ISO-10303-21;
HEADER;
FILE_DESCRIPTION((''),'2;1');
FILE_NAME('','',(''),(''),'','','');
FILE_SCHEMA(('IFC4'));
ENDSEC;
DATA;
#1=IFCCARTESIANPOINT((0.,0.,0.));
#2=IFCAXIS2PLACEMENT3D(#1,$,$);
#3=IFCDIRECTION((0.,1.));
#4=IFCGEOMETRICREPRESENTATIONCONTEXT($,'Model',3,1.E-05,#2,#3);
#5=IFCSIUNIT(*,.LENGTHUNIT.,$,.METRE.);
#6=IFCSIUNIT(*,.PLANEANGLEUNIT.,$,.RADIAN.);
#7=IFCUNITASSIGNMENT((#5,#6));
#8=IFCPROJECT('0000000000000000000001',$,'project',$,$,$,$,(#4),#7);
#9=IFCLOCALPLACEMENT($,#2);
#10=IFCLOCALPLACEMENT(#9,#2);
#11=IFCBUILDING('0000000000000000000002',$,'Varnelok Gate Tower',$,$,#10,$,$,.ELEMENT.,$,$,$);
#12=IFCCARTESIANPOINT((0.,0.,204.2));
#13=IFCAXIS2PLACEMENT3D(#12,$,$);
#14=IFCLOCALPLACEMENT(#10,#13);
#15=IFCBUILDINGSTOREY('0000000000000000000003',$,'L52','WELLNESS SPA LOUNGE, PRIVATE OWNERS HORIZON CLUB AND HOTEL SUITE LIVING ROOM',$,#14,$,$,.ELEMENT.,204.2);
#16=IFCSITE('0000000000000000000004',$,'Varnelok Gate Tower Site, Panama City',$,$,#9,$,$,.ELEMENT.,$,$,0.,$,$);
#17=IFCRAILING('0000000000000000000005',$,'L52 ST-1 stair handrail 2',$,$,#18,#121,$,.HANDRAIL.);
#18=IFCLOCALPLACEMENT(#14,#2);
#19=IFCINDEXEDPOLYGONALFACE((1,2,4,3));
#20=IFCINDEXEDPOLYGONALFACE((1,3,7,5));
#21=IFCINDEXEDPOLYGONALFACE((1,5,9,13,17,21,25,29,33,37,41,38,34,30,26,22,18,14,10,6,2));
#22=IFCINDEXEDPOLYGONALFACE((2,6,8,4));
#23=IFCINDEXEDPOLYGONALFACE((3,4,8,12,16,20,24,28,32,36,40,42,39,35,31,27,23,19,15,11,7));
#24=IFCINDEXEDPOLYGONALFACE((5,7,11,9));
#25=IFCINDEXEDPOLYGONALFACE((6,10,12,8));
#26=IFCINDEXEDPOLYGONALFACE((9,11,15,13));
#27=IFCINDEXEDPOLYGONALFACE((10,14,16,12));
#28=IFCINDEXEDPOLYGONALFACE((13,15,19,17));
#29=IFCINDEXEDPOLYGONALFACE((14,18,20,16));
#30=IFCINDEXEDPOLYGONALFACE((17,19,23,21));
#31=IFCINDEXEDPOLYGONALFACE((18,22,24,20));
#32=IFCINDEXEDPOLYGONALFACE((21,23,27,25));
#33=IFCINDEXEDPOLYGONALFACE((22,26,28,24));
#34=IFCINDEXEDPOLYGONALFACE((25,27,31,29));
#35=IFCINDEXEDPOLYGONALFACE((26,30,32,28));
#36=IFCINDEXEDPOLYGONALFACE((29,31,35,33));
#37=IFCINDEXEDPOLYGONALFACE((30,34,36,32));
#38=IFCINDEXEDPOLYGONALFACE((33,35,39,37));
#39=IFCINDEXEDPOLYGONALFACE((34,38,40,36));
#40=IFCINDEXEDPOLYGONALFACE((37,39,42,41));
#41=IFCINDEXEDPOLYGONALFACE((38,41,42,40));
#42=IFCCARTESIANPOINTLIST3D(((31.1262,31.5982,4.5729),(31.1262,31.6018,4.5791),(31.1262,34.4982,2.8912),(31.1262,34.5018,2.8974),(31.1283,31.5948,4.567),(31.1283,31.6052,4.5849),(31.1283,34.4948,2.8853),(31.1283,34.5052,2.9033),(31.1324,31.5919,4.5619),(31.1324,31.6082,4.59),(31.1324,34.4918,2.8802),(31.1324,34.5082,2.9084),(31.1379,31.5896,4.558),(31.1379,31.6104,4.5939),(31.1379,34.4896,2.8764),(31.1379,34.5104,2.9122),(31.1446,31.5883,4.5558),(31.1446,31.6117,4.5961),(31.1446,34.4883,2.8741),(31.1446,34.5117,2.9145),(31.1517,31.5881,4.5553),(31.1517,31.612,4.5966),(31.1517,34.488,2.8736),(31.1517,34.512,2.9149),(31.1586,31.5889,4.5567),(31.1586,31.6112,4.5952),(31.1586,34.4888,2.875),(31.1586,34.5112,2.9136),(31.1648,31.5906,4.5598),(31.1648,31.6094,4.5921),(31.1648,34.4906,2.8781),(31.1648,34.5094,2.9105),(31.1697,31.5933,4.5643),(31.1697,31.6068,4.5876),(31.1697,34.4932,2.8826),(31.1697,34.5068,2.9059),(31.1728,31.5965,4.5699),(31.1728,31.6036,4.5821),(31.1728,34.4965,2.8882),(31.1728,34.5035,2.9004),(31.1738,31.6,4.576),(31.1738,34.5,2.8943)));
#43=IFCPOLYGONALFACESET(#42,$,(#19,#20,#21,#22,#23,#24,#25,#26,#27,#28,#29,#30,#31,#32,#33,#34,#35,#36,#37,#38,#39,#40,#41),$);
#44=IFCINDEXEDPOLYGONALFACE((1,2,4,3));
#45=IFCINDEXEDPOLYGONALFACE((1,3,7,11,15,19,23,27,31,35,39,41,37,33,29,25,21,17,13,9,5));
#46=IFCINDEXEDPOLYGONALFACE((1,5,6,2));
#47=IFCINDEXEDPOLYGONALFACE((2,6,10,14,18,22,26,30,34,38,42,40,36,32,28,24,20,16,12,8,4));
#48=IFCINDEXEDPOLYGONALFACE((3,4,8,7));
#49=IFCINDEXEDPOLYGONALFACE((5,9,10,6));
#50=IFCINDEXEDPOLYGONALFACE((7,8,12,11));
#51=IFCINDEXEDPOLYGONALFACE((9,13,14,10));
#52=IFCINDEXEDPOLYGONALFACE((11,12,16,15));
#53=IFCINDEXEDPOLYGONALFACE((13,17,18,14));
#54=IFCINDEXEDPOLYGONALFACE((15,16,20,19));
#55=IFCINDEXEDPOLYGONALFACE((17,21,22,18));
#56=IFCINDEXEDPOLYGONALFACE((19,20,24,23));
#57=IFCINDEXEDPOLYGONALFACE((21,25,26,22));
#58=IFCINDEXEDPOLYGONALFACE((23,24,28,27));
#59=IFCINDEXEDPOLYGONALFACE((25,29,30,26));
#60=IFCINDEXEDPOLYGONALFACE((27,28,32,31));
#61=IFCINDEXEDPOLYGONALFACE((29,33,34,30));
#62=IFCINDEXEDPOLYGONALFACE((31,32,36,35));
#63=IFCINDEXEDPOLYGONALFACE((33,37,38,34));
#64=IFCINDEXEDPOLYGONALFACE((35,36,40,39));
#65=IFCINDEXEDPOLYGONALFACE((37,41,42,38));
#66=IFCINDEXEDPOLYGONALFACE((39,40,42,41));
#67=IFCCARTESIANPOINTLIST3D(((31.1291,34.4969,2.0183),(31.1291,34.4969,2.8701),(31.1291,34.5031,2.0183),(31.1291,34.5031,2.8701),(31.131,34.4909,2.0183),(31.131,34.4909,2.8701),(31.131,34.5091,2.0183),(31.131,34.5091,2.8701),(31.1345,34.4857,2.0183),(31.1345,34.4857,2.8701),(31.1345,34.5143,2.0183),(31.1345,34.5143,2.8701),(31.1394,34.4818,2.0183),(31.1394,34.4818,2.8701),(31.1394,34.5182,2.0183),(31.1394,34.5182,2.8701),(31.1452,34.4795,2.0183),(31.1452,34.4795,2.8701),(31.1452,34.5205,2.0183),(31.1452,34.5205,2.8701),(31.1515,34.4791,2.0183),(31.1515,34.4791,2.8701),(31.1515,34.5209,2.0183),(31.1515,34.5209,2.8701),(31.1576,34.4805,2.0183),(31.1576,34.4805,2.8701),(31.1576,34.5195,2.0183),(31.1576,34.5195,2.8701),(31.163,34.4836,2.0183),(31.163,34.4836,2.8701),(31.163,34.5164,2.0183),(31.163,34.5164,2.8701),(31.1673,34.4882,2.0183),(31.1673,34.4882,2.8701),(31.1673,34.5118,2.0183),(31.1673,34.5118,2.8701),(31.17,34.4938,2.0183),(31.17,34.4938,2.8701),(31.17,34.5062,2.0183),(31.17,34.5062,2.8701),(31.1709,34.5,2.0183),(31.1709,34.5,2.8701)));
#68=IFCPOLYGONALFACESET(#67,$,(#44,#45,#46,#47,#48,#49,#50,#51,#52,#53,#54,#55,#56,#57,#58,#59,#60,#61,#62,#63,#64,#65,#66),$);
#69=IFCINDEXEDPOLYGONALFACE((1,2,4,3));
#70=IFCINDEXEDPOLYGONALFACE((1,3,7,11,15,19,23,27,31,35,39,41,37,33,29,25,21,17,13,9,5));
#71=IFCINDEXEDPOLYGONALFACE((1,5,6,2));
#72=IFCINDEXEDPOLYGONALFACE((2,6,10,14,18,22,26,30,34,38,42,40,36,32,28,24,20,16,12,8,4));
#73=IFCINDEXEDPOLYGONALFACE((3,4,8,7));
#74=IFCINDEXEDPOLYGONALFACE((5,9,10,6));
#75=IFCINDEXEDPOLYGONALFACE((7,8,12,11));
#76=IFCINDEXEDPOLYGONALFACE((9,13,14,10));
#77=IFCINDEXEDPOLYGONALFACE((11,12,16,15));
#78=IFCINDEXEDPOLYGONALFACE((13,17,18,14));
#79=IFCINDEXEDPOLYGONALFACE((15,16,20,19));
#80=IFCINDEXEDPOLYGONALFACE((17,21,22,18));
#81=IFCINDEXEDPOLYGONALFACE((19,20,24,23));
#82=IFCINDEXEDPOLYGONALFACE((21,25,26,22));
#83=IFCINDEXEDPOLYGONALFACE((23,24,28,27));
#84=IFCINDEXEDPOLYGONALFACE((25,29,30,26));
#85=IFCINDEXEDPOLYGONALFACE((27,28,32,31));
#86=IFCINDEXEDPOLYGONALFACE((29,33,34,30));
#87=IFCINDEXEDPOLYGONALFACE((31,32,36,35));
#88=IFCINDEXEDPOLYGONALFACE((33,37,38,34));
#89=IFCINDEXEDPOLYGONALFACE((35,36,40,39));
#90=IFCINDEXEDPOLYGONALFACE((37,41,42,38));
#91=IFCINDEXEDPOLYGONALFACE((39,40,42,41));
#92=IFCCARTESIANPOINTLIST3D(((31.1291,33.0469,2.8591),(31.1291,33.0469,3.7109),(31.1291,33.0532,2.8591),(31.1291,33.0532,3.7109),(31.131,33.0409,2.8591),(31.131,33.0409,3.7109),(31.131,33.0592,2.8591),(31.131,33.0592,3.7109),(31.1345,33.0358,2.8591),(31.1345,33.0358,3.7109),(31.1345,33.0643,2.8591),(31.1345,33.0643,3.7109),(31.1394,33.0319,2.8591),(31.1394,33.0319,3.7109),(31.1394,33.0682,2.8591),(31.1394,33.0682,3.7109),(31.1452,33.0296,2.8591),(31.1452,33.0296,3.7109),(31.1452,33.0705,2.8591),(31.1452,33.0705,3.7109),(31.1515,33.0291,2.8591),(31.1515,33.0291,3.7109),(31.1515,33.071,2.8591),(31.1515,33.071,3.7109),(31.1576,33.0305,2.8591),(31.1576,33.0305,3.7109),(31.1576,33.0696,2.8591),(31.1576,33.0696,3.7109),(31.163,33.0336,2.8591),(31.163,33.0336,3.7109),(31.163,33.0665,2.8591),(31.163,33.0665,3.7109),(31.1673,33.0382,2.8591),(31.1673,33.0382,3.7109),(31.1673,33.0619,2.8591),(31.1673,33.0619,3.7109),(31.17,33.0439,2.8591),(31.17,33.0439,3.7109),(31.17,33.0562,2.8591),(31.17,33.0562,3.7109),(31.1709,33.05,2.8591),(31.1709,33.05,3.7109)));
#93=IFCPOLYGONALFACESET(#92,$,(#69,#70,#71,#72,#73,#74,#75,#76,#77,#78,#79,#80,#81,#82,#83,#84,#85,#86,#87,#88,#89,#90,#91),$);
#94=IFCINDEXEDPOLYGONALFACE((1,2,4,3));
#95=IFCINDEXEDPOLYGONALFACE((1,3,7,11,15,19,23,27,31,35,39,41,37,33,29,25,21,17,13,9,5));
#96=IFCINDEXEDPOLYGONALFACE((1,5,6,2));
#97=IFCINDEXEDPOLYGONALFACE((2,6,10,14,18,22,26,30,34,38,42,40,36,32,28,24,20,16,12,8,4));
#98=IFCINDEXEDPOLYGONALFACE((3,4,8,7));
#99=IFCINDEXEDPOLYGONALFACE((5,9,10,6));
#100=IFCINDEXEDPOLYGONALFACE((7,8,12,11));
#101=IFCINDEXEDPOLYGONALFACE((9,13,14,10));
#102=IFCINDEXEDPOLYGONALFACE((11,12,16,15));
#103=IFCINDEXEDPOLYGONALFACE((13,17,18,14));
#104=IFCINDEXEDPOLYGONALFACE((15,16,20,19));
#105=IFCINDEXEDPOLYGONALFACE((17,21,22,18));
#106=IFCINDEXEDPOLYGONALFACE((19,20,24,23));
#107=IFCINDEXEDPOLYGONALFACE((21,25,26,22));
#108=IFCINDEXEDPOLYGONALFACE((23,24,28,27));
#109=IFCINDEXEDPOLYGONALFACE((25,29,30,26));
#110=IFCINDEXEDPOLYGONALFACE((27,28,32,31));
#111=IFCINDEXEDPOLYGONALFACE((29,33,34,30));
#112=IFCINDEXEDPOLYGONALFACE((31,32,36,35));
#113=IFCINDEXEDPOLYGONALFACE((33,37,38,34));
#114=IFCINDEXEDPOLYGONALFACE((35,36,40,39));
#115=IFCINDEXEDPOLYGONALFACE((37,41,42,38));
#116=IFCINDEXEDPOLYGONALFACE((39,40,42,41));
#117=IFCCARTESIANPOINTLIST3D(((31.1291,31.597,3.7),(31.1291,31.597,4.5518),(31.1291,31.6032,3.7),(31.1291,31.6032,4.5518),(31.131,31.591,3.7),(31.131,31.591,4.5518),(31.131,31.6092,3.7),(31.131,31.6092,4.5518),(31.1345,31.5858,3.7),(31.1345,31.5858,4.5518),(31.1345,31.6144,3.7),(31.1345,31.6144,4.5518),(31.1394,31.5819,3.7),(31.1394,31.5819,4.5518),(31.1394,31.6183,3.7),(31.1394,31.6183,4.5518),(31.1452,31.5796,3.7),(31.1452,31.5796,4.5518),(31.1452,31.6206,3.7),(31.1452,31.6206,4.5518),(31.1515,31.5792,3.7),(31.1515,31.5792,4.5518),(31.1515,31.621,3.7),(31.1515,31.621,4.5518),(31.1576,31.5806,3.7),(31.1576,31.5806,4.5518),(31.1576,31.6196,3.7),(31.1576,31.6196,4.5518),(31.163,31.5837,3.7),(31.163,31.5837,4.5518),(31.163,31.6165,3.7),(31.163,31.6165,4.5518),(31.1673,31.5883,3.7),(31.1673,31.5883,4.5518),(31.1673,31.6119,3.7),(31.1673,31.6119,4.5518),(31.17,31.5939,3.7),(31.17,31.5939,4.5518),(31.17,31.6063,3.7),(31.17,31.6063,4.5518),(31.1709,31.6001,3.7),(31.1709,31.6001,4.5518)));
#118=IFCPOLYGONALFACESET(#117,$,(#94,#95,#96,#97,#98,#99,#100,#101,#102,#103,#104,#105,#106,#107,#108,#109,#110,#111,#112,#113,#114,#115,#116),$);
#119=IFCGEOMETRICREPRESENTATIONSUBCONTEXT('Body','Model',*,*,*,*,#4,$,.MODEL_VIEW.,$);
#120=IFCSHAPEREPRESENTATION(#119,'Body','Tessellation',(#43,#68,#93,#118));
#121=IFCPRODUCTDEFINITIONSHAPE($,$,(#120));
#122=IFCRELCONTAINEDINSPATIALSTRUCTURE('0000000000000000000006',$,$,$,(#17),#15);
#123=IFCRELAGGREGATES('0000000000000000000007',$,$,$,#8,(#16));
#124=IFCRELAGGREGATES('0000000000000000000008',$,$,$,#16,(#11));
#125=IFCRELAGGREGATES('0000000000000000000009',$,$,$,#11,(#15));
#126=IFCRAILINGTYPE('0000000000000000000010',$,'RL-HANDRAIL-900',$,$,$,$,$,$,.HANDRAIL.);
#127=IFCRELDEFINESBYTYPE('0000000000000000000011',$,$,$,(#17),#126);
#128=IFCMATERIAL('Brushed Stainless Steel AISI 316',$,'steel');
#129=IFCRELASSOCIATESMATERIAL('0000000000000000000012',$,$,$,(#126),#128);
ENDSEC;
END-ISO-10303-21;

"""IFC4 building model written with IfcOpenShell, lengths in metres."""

from ifc_helpers import new_model, si_unit, direction, frame, origin, origin_2d, place, context, subcontext, project, spatial, circle, extrude, material, type_object, element, save


model = new_model("IFC4")

# Units and contexts
model_context = context("Model", 3, precision=1e-05, world=origin(), true_north=direction((0.0, 1.0)))
body_context = subcontext(model_context, "Body", "Model", "MODEL_VIEW")
ifc_project = project(units=[si_unit("LENGTHUNIT", "METRE"), si_unit("PLANEANGLEUNIT", "RADIAN")], contexts=[model_context])

# Site, building, storey
site_placement = place(None, origin())
site = spatial("IfcSite", under=ifc_project, at=site_placement, Name="Varnelok Gate Tower Site, Panama City", CompositionType="ELEMENT", RefElevation=0.0)
building_placement = place(site_placement, origin())
building = spatial("IfcBuilding", under=site, at=building_placement, Name="Varnelok Gate Tower", CompositionType="ELEMENT")
storey_placement = place(building_placement, frame((0.0, 0.0, 204.2)))
storey = spatial("IfcBuildingStorey", under=building, at=storey_placement, Name="L52", Description="WELLNESS SPA LOUNGE, PRIVATE OWNERS HORIZON CLUB AND HOTEL SUITE LIVING ROOM", CompositionType="ELEMENT", Elevation=204.2)

# Railing
ifc_material_1 = material(Name="Brushed Stainless Steel AISI 316", Category="steel")
railing_type_1 = type_object("IfcRailingType", Name="RL-HANDRAIL-900", PredefinedType="HANDRAIL", material=ifc_material_1)
railing_1_placement = place(storey_placement, frame((31.1499, 34.5, 2.0183)))
element("IfcRailing", 1, at=railing_1_placement, inside=storey, type_object=railing_type_1, Name="L52 ST-1 stair handrail 2", PredefinedType="HANDRAIL", context=body_context, shape_type="SweptSolid", body=[
    extrude(circle(Radius=0.0239, at=origin_2d()), frame((0.0, 0.0, 0.876), z_axis=(0.0, -0.86507, 0.501651), x_axis=(1.0, 0.0, 0.0)), (0.0, 0.0, 1.0), 3.3523),
    extrude(circle(Radius=0.021, at=origin_2d()), origin(), (0.0, 0.0, 1.0), 0.8518),
    extrude(circle(Radius=0.021, at=origin_2d()), frame((0.0, -1.45, 0.8408)), (0.0, 0.0, 1.0), 0.8518),
    extrude(circle(Radius=0.021, at=origin_2d()), frame((0.0, -2.8999, 1.6816)), (0.0, 0.0, 1.0), 0.8518),
])

save(model, "model.ifc")
